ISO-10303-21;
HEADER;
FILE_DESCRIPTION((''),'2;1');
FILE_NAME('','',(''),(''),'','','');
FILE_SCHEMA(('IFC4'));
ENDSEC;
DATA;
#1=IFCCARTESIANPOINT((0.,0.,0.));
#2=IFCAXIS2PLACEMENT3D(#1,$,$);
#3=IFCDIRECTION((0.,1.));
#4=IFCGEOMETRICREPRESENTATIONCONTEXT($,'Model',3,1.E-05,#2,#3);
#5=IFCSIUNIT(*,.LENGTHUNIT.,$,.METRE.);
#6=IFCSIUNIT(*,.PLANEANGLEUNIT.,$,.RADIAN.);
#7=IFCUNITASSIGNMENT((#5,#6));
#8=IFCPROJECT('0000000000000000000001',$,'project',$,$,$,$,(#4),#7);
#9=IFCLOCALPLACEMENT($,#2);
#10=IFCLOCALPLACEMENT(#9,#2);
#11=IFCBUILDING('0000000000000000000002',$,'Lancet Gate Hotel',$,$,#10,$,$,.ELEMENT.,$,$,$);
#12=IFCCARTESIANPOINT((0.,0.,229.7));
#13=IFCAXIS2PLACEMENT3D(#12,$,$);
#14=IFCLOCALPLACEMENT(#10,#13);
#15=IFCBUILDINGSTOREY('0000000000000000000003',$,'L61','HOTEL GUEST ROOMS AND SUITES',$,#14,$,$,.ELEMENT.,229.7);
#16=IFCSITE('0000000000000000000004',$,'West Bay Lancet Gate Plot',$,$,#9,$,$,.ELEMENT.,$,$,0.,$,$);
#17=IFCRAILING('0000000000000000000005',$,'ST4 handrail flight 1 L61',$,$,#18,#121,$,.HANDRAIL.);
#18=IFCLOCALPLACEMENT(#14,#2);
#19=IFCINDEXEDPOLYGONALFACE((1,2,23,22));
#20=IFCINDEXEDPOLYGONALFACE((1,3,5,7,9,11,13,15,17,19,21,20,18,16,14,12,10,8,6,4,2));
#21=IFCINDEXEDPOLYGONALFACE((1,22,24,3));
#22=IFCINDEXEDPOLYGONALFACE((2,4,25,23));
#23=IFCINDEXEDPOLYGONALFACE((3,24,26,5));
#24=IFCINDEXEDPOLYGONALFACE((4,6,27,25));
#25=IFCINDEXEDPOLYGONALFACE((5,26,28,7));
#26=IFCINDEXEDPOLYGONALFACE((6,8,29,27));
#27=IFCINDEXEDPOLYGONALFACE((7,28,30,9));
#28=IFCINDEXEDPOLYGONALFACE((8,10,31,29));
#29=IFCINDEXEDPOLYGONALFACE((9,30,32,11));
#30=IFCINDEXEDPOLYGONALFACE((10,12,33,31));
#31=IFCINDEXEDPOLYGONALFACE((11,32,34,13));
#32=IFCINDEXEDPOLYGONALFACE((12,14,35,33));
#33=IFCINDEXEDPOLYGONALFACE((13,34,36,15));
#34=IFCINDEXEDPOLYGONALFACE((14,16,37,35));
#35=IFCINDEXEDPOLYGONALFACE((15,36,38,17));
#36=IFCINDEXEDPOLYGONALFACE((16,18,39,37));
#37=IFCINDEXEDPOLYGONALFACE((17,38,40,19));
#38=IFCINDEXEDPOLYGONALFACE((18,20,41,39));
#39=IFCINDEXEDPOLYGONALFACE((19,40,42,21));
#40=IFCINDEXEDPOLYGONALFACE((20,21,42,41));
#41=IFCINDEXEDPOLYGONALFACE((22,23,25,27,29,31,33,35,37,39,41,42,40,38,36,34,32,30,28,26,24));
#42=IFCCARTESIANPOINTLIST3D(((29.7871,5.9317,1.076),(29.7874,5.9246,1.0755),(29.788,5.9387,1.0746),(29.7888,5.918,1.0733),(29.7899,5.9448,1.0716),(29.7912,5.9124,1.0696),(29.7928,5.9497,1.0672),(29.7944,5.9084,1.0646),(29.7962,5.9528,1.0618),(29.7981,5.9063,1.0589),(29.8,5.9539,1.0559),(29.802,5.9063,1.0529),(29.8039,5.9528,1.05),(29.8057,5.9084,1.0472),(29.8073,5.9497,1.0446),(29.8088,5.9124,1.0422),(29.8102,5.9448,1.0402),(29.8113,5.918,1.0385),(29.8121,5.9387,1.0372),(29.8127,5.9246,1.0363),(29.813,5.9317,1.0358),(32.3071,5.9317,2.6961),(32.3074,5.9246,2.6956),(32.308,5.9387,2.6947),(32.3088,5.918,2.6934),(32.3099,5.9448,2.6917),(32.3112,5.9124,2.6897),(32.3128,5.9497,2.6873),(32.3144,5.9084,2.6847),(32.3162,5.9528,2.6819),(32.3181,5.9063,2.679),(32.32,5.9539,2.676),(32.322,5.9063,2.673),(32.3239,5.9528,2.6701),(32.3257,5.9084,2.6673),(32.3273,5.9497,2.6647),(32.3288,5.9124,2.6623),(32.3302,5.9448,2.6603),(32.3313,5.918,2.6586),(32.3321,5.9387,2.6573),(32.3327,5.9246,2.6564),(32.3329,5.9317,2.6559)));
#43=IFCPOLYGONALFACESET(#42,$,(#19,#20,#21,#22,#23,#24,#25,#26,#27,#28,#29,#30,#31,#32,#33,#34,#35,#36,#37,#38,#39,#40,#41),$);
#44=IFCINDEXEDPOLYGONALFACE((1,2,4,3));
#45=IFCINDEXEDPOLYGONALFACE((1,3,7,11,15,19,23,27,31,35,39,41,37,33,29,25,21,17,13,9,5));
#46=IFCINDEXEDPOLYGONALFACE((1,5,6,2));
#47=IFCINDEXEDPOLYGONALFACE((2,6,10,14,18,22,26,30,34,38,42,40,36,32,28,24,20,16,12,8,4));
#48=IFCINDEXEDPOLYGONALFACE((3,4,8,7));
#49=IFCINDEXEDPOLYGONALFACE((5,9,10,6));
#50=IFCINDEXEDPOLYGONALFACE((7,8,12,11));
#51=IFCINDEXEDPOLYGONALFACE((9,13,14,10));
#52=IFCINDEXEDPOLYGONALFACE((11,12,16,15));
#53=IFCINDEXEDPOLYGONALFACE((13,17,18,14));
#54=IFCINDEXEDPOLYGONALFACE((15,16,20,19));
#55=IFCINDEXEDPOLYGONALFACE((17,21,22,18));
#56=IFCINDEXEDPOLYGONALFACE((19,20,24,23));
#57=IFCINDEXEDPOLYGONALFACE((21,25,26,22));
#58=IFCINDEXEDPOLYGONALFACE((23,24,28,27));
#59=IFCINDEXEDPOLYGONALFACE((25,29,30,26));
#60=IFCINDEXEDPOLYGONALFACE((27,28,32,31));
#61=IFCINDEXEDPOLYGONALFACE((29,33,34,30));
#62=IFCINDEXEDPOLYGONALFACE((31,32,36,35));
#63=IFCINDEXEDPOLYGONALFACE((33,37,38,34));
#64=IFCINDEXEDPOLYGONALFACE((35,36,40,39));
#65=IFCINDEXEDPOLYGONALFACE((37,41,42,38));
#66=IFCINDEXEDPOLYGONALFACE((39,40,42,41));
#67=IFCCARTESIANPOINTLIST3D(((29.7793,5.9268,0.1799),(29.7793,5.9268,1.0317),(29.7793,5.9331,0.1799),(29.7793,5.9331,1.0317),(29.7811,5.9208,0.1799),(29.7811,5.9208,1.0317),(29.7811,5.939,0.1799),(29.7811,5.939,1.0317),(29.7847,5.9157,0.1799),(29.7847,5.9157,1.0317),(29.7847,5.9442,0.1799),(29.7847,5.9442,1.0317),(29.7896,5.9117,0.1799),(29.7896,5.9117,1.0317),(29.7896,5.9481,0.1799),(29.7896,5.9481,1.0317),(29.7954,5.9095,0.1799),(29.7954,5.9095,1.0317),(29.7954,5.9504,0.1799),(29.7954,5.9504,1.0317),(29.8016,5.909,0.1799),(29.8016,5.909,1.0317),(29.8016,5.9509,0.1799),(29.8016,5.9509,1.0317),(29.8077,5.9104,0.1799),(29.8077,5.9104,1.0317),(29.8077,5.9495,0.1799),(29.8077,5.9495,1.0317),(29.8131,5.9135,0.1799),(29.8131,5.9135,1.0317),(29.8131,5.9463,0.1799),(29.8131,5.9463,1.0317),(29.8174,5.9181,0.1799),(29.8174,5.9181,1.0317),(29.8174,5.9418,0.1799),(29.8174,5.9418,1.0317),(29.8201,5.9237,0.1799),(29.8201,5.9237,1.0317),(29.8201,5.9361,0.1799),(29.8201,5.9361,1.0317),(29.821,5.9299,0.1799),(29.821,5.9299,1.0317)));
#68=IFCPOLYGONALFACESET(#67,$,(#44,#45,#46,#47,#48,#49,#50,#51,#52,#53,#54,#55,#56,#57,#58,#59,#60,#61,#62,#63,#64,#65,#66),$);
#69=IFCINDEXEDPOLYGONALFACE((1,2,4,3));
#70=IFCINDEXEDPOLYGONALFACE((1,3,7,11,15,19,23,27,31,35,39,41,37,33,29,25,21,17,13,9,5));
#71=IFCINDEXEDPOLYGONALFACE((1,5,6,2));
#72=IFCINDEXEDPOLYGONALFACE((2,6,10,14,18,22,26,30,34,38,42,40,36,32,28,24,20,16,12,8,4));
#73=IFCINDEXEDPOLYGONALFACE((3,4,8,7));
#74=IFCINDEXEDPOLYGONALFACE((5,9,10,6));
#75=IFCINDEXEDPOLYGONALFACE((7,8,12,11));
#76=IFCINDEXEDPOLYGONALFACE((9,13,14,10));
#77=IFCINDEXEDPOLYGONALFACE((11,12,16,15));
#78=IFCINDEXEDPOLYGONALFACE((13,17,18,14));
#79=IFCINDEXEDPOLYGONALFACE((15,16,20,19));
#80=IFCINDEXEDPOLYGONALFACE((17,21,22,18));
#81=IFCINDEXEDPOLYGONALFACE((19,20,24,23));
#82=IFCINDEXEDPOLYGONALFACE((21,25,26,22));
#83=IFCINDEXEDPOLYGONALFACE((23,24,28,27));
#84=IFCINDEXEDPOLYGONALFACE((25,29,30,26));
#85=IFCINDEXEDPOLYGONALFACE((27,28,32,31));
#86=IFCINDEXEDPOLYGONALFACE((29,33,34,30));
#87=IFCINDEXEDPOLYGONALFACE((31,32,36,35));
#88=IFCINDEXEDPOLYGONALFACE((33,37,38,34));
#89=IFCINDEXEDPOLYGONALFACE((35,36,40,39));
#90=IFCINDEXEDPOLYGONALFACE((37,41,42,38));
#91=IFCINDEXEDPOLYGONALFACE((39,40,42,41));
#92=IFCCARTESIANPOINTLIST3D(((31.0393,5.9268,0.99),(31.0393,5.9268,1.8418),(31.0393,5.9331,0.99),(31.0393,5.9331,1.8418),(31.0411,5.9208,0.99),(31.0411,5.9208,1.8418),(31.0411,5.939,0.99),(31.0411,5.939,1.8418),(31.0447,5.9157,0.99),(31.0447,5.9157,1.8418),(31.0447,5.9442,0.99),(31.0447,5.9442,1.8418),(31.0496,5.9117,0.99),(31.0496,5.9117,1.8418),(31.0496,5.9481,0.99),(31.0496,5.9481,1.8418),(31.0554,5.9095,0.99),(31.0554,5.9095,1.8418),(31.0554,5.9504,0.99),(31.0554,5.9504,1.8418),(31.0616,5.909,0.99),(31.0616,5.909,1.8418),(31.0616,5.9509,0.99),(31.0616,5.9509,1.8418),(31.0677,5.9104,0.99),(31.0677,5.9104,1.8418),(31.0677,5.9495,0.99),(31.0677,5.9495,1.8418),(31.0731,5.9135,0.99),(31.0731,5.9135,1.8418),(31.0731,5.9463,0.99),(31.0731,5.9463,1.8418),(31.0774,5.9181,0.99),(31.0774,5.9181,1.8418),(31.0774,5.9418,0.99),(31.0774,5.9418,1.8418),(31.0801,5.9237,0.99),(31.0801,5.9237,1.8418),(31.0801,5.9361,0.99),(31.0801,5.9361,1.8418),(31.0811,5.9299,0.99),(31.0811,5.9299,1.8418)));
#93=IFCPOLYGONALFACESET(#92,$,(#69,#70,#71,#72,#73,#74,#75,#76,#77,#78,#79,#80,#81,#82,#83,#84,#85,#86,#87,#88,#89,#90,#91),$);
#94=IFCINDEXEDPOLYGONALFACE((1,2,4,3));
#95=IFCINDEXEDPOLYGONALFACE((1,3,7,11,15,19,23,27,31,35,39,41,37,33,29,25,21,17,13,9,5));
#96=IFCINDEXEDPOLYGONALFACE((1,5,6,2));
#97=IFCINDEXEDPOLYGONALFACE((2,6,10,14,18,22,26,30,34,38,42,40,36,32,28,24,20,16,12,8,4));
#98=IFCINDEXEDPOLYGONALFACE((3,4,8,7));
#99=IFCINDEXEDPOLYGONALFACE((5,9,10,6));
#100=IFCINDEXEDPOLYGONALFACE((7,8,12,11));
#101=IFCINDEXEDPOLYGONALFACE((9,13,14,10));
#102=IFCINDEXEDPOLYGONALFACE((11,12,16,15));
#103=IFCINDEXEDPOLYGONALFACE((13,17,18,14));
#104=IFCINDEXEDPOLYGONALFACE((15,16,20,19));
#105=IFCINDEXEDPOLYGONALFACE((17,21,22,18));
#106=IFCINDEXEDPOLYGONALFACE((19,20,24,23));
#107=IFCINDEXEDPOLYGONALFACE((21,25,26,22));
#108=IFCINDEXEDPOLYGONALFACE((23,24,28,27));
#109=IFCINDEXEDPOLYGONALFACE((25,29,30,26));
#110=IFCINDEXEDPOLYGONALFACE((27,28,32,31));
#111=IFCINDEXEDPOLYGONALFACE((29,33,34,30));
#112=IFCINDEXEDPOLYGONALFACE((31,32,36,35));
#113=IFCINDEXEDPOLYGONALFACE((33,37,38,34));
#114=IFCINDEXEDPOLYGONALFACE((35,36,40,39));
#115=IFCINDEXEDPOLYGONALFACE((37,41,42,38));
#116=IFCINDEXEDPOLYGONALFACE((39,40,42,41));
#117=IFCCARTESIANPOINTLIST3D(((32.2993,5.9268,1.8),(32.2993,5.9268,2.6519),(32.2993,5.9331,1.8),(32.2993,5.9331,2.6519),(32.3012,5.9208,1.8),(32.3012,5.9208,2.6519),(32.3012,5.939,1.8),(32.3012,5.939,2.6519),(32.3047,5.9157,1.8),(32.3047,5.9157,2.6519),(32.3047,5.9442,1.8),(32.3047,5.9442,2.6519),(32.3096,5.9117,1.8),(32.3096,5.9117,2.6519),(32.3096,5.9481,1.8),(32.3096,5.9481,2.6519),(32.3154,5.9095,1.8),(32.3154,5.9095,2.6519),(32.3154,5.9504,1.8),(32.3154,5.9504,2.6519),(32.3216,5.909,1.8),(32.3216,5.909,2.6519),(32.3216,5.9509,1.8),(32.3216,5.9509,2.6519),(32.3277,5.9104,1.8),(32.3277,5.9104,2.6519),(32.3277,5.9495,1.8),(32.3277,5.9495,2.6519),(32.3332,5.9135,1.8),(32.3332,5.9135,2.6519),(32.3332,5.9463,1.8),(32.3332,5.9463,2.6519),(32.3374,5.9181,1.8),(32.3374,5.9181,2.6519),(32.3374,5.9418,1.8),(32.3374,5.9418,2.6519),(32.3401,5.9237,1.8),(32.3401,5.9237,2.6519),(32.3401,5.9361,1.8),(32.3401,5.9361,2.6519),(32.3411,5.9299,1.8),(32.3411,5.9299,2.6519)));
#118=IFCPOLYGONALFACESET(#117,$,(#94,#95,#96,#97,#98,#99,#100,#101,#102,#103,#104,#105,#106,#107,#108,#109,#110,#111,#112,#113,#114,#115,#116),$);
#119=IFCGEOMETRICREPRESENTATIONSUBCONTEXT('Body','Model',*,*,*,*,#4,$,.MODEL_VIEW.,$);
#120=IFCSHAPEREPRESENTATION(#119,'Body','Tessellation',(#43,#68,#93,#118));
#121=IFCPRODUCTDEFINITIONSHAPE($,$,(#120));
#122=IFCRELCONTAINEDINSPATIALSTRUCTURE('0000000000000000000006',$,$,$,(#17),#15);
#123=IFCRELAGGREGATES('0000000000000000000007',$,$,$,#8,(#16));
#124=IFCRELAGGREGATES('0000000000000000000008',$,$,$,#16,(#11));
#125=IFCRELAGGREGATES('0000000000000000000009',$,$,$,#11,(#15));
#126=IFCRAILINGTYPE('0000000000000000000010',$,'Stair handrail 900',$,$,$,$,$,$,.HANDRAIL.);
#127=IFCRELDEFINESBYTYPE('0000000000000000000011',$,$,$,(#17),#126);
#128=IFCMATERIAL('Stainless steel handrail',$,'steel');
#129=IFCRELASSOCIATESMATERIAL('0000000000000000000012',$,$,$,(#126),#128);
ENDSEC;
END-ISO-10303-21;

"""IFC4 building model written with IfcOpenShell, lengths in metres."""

from ifc_helpers import new_model, si_unit, direction, frame, origin, origin_2d, place, context, subcontext, project, spatial, circle, extrude, material, type_object, element, save


model = new_model("IFC4")

# Units and contexts
model_context = context("Model", 3, precision=1e-05, world=origin(), true_north=direction((0.0, 1.0)))
body_context = subcontext(model_context, "Body", "Model", "MODEL_VIEW")
ifc_project = project(units=[si_unit("LENGTHUNIT", "METRE"), si_unit("PLANEANGLEUNIT", "RADIAN")], contexts=[model_context])

# Site, building, storey
site_placement = place(None, origin())
site = spatial("IfcSite", under=ifc_project, at=site_placement, Name="West Bay Lancet Gate Plot", CompositionType="ELEMENT", RefElevation=0.0)
building_placement = place(site_placement, origin())
building = spatial("IfcBuilding", under=site, at=building_placement, Name="Lancet Gate Hotel", CompositionType="ELEMENT")
storey_placement = place(building_placement, frame((0.0, 0.0, 229.7)))
storey = spatial("IfcBuildingStorey", under=building, at=storey_placement, Name="L61", Description="HOTEL GUEST ROOMS AND SUITES", CompositionType="ELEMENT", Elevation=229.7)

# Railing
ifc_material_1 = material(Name="Stainless steel handrail", Category="steel")
railing_type = type_object("IfcRailingType", Name="Stair handrail 900", PredefinedType="HANDRAIL", material=ifc_material_1)
railing_1_placement = place(storey_placement, frame((29.8, 5.9299, 0.1799)))
element("IfcRailing", 1, at=railing_1_placement, inside=storey, type_object=railing_type, Name="ST4 handrail flight 1 L61", PredefinedType="HANDRAIL", context=body_context, shape_type="SweptSolid", body=[
    extrude(circle(Radius=0.0239, at=origin_2d()), frame((0.0, 0.0, 0.876), z_axis=(0.841163, 0.0, 0.540782), x_axis=(0.0, 1.0, 0.0)), (0.0, 0.0, 1.0), 2.9958),
    extrude(circle(Radius=0.021, at=origin_2d()), origin(), (0.0, 0.0, 1.0), 0.8518),
    extrude(circle(Radius=0.021, at=origin_2d()), frame((1.26, 0.0, 0.8101)), (0.0, 0.0, 1.0), 0.8518),
    extrude(circle(Radius=0.021, at=origin_2d()), frame((2.52, 0.0, 1.6201)), (0.0, 0.0, 1.0), 0.8518),
])

save(model, "model.ifc")
